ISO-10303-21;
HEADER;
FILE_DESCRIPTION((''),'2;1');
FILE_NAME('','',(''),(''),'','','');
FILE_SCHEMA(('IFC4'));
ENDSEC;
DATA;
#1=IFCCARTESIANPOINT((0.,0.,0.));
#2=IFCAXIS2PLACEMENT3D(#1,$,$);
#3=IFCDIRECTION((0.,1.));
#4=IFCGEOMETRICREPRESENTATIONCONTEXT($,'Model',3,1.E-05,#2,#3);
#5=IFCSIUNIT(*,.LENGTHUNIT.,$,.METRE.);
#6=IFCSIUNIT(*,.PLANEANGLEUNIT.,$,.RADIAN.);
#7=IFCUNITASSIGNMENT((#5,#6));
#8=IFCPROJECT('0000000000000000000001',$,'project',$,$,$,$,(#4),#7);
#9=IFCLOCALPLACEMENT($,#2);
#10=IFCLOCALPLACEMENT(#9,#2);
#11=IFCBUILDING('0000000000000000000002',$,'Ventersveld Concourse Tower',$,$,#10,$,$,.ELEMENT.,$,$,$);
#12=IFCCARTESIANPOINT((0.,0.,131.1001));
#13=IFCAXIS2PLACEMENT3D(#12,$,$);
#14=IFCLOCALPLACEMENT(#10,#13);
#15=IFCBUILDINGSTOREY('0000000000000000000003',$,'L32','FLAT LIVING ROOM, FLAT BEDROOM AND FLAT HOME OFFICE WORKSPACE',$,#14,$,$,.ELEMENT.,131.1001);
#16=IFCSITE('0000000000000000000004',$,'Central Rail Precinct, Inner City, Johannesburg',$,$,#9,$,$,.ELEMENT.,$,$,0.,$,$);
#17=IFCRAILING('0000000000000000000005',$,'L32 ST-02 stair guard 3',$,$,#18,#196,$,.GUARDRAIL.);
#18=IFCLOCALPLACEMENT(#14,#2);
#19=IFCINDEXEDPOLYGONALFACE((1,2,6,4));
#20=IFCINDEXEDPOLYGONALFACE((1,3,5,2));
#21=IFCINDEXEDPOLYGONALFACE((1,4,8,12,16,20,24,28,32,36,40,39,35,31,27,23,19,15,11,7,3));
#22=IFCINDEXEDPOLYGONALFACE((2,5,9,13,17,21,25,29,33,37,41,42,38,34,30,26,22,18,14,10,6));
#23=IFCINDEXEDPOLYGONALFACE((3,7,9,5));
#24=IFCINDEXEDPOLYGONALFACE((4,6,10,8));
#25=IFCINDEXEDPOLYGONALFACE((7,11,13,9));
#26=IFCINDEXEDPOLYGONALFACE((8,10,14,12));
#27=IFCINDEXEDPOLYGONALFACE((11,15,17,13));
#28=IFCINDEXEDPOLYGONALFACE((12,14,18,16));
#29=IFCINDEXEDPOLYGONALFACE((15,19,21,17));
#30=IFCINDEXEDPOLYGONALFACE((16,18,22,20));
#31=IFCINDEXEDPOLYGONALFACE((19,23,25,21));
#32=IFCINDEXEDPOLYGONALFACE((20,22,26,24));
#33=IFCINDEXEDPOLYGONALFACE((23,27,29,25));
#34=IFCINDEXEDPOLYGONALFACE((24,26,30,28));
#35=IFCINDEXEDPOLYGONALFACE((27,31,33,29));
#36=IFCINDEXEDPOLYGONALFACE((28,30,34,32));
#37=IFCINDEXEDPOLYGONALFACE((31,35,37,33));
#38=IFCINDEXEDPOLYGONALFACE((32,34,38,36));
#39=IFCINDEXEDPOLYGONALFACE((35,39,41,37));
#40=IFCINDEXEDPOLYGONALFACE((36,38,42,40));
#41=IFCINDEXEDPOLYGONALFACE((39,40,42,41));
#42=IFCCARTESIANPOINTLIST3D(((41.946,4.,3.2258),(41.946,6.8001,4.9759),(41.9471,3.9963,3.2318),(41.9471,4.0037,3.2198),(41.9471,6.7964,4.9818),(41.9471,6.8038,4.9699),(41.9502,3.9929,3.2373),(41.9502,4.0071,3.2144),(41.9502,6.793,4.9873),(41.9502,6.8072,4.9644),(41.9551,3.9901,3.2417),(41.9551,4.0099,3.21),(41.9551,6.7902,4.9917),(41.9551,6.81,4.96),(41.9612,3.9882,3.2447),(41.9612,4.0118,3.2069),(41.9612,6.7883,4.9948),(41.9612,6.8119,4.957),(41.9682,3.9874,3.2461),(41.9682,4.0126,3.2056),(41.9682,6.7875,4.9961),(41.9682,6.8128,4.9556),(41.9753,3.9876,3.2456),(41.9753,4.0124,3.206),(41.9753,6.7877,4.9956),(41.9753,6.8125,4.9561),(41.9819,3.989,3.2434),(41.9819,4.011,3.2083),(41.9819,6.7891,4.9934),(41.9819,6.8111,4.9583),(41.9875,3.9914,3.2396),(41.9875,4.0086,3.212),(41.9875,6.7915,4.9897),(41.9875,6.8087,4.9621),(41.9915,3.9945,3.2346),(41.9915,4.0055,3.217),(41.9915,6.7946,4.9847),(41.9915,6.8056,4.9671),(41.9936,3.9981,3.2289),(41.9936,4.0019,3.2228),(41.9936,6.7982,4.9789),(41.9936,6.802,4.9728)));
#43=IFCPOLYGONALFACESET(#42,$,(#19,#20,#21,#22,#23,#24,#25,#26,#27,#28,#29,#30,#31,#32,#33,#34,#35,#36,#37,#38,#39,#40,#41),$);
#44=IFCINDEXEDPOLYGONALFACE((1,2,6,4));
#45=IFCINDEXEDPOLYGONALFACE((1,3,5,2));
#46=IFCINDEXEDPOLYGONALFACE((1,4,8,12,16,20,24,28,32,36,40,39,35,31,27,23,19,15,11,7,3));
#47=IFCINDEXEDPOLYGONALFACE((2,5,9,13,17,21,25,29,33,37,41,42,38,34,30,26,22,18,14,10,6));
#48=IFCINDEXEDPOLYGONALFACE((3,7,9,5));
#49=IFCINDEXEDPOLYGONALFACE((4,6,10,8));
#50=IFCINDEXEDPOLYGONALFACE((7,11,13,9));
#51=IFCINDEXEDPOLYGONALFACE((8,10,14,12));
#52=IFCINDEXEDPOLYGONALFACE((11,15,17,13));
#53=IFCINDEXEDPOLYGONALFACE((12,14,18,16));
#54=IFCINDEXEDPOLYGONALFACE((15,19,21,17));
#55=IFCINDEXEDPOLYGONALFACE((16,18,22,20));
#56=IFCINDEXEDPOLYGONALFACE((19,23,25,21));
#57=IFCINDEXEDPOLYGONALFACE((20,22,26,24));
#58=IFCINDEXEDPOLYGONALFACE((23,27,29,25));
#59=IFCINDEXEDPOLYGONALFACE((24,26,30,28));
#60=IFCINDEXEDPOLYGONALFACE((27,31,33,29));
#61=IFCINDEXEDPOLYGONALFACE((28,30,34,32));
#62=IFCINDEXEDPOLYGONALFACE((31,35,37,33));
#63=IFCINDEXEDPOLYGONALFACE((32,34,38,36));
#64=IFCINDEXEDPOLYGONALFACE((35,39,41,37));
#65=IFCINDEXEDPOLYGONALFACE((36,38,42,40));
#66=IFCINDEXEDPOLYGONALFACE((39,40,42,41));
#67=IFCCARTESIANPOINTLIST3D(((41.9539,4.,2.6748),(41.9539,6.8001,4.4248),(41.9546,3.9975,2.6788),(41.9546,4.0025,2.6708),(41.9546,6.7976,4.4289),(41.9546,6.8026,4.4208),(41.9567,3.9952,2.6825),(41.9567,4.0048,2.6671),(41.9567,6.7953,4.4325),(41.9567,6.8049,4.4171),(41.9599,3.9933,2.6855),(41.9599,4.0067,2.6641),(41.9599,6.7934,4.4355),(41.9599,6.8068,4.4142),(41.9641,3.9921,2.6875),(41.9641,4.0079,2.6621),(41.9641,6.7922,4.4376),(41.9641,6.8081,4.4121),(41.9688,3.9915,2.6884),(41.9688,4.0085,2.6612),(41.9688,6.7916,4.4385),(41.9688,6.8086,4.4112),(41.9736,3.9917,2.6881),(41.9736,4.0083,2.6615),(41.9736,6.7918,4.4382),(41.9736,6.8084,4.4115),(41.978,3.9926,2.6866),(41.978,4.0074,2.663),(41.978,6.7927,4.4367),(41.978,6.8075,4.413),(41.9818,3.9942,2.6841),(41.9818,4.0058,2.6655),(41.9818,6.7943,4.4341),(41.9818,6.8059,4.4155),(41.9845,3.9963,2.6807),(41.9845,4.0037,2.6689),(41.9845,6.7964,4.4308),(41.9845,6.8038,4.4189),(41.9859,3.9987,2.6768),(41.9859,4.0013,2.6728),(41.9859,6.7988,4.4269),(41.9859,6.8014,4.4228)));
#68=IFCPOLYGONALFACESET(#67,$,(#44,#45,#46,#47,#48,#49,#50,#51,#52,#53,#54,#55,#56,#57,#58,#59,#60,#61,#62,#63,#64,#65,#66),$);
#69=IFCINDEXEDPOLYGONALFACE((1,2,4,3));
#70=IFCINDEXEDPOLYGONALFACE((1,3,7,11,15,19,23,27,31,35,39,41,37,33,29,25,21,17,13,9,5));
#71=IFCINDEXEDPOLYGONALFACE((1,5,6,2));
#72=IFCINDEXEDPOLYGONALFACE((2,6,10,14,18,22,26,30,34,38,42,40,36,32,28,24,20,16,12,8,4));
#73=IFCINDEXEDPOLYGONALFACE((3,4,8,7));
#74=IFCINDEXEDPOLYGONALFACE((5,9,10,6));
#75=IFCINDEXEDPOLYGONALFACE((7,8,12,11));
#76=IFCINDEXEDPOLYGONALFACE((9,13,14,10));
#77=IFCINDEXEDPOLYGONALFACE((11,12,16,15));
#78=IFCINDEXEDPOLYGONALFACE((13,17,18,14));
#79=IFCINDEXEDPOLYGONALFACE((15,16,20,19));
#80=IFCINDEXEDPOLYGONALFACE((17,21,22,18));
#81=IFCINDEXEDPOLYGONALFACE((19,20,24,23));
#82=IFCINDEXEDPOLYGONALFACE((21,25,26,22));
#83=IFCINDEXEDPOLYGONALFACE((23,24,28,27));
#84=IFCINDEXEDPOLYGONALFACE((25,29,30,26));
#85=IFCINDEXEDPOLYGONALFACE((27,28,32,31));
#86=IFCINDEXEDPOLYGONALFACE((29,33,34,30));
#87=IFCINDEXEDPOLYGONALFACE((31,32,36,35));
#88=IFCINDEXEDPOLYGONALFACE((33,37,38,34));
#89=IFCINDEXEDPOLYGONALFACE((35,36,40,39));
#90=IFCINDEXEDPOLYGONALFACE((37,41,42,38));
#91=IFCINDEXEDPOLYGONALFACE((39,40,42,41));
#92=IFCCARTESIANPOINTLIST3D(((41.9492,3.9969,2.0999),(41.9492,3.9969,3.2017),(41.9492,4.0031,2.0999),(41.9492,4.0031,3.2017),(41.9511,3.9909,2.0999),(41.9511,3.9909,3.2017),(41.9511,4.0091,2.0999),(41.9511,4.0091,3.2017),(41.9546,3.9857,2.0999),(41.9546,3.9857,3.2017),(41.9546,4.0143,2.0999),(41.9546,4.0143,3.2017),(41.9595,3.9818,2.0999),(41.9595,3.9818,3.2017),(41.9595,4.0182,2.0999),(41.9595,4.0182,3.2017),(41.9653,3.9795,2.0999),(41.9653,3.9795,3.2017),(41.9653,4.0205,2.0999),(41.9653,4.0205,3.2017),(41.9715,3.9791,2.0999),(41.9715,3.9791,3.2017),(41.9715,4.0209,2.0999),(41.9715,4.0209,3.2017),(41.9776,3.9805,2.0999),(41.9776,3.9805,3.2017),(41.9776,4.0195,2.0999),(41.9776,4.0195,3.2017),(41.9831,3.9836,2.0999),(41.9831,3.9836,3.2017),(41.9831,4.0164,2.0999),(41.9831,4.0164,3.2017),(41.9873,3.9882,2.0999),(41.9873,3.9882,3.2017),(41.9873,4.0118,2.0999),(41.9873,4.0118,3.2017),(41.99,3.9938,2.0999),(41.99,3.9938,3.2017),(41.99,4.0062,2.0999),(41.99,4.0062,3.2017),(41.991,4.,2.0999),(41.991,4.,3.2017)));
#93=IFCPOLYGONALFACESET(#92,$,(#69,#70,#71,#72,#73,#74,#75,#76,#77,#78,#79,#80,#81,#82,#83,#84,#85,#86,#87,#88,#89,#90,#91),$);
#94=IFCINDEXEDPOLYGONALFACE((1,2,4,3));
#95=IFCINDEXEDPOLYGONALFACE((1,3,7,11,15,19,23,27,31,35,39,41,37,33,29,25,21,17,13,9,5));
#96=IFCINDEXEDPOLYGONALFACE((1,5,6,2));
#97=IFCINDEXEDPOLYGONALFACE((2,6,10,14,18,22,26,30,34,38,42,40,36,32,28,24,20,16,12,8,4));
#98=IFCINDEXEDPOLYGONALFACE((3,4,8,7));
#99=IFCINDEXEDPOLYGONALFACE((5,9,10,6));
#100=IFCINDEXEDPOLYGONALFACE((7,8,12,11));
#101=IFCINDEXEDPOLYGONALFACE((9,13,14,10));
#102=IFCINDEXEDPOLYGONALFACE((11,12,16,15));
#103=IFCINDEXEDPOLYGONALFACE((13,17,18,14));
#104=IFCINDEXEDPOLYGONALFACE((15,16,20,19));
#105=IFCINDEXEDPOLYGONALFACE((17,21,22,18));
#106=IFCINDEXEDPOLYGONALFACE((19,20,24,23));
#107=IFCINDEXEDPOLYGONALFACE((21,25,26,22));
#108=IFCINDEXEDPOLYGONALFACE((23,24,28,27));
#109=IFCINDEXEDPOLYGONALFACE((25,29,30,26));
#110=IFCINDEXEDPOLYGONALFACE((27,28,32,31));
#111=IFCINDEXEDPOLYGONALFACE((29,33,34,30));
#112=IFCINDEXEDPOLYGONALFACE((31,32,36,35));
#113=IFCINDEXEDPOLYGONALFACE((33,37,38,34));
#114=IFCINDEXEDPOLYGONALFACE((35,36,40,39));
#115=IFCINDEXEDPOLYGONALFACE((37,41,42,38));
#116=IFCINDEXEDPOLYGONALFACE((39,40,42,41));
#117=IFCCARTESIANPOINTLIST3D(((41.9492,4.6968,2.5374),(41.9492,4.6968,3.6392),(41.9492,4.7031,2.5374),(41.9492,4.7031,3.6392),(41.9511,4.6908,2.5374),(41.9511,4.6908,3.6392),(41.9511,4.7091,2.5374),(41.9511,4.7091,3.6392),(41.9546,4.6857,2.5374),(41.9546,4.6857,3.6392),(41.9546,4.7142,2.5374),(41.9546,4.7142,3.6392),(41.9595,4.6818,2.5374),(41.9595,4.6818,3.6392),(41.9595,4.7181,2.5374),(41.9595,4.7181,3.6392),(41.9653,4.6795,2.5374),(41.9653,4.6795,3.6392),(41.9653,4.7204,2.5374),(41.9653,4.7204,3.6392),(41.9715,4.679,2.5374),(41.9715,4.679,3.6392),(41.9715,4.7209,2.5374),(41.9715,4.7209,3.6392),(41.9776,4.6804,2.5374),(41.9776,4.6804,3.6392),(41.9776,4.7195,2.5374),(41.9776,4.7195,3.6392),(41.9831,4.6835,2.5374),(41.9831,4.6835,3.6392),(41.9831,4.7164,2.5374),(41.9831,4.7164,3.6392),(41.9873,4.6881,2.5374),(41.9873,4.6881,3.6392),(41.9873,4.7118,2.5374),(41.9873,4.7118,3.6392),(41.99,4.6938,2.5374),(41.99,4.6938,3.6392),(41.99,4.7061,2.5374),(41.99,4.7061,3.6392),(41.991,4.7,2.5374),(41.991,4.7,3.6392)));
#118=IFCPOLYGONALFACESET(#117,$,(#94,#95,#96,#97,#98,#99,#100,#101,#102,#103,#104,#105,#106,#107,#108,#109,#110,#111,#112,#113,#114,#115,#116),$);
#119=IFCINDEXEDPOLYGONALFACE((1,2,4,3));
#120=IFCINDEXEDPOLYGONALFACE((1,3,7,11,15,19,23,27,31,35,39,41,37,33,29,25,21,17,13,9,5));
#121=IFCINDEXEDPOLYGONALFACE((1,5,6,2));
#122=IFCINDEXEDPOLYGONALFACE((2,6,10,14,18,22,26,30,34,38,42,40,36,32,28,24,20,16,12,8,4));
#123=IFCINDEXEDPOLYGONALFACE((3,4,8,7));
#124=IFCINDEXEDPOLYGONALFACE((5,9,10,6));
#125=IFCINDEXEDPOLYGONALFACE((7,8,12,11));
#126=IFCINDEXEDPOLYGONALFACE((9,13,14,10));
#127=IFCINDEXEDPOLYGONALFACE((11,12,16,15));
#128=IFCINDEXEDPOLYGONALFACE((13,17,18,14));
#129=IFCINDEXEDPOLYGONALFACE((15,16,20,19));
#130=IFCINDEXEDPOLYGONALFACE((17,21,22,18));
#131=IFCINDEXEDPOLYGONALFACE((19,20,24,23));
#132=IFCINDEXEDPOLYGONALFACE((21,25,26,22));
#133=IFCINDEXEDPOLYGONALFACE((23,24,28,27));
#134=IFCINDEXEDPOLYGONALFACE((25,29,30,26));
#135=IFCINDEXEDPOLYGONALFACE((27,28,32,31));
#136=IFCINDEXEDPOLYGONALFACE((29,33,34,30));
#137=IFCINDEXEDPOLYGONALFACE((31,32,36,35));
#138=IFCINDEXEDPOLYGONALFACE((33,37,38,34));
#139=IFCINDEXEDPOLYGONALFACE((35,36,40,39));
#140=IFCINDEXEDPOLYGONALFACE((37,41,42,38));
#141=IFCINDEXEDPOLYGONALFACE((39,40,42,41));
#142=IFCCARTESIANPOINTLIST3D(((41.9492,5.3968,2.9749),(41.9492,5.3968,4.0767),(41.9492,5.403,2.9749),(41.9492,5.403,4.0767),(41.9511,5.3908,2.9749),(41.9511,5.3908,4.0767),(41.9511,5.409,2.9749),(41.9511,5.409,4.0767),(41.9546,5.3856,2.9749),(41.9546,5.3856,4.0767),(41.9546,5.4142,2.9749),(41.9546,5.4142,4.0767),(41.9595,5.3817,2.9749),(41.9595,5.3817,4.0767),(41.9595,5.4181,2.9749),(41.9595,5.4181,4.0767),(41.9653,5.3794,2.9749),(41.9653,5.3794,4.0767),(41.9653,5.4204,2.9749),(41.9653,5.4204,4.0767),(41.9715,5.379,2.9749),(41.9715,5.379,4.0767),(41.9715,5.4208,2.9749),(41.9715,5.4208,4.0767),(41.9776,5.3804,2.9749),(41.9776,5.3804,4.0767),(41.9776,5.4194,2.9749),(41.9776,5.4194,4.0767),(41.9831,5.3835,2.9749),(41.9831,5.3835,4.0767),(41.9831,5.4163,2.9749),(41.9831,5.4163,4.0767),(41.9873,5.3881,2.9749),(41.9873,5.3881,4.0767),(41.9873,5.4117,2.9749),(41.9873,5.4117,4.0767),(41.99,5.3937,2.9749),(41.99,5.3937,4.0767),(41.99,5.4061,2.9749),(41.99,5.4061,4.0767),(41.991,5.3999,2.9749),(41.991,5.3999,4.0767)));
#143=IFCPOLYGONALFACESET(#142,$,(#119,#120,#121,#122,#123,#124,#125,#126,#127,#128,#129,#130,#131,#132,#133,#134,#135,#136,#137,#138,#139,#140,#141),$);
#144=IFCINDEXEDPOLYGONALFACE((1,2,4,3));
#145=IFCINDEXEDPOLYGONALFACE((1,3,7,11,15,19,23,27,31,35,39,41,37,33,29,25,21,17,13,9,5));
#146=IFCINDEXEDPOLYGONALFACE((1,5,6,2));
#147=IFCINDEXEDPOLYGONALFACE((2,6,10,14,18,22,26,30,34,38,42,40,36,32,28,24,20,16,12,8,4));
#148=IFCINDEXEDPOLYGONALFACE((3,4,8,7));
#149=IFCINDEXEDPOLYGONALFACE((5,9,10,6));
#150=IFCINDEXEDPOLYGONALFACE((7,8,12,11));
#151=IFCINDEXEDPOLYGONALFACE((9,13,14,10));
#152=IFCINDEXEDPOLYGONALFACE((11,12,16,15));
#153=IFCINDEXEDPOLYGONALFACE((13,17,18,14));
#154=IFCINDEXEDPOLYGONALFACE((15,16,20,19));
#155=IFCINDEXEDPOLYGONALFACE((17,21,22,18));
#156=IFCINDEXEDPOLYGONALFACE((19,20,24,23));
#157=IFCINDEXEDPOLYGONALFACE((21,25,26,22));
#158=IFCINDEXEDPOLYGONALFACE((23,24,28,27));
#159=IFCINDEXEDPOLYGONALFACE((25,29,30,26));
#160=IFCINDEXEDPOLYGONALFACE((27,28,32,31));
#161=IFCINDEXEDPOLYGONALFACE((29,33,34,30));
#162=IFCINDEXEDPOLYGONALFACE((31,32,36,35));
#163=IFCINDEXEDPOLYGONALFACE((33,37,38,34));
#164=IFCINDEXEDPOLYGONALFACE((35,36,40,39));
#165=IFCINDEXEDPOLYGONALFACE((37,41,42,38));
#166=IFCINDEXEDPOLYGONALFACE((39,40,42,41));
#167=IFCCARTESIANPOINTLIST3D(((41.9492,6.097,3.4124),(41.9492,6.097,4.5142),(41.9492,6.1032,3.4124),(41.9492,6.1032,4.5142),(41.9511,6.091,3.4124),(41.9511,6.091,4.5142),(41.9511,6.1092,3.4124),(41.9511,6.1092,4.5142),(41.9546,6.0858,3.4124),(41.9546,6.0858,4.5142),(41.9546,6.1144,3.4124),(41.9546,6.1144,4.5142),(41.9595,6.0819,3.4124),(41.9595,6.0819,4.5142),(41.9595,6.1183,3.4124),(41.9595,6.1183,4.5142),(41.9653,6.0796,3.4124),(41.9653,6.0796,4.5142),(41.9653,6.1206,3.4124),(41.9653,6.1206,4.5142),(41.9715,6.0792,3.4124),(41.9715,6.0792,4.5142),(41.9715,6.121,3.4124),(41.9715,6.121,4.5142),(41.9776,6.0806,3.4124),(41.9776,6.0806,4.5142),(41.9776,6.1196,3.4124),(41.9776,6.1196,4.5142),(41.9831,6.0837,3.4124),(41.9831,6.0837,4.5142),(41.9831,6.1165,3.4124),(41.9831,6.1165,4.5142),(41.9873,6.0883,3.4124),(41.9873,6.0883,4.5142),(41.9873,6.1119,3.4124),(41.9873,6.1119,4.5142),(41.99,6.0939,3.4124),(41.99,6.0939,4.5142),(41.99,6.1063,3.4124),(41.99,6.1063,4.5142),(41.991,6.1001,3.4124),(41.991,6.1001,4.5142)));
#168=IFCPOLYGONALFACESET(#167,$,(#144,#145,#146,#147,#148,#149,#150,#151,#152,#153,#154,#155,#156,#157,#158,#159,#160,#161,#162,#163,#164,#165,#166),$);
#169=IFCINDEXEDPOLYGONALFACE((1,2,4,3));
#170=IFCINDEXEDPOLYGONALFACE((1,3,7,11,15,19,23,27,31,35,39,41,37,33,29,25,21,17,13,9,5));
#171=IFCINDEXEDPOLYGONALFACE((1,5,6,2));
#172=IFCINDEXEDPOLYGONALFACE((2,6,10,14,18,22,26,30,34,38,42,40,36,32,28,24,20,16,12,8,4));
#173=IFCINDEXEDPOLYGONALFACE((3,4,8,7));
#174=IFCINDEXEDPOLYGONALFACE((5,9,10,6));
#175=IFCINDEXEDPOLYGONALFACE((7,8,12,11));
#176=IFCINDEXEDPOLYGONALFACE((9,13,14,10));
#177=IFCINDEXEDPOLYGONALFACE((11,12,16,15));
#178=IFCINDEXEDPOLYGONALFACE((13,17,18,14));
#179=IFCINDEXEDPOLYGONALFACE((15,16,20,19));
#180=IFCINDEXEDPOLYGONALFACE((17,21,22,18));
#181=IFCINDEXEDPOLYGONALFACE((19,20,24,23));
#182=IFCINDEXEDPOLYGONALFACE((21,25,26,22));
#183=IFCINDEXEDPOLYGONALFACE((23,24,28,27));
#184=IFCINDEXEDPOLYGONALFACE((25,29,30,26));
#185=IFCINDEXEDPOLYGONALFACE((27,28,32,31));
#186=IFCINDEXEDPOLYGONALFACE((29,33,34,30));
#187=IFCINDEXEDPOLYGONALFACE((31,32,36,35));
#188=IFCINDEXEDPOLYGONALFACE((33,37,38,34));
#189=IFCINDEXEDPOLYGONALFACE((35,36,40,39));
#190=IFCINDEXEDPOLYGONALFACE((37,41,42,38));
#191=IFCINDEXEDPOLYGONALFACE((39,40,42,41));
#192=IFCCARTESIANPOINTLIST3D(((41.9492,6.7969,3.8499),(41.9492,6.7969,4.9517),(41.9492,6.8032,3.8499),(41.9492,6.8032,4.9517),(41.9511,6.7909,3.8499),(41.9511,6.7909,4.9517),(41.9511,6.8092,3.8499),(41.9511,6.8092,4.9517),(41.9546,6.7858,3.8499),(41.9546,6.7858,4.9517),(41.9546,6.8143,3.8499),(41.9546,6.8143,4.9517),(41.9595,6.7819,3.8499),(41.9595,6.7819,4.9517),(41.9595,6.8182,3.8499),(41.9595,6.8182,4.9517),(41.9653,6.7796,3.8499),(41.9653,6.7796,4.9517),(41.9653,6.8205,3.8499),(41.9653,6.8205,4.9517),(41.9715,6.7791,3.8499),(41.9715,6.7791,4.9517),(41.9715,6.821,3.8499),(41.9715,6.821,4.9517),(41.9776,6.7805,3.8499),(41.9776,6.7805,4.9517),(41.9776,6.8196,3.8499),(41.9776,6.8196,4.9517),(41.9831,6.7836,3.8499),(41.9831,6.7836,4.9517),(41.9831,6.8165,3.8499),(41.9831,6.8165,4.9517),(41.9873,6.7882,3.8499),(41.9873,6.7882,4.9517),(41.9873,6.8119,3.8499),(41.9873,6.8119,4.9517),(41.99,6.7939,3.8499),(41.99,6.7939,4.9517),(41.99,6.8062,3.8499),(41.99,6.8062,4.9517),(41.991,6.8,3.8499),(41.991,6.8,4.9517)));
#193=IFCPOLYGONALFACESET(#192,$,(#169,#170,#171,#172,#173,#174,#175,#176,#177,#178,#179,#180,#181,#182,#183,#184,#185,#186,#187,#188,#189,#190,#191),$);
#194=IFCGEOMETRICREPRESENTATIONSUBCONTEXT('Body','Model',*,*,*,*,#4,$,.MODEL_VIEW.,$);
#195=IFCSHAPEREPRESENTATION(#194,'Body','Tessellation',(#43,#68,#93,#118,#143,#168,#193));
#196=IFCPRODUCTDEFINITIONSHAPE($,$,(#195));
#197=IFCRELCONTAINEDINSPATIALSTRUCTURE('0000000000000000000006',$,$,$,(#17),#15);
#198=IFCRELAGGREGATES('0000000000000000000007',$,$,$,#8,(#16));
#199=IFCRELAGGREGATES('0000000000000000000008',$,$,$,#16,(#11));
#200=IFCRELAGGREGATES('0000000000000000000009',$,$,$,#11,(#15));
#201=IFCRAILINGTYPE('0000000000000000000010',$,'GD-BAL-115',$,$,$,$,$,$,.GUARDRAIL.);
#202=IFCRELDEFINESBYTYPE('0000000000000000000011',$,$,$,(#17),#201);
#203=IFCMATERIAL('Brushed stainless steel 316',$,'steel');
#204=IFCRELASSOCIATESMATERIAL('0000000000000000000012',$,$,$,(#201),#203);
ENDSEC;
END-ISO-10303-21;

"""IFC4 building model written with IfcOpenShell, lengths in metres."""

from ifc_helpers import new_model, si_unit, direction, frame, origin, origin_2d, place, context, subcontext, project, spatial, circle, extrude, material, type_object, element, save


model = new_model("IFC4")

# Units and contexts
model_context = context("Model", 3, precision=1e-05, world=origin(), true_north=direction((0.0, 1.0)))
body_context = subcontext(model_context, "Body", "Model", "MODEL_VIEW")
ifc_project = project(units=[si_unit("LENGTHUNIT", "METRE"), si_unit("PLANEANGLEUNIT", "RADIAN")], contexts=[model_context])

# Site, building, storey
site_placement = place(None, origin())
site = spatial("IfcSite", under=ifc_project, at=site_placement, Name="Central Rail Precinct, Inner City, Johannesburg", CompositionType="ELEMENT", RefElevation=0.0)
building_placement = place(site_placement, origin())
building = spatial("IfcBuilding", under=site, at=building_placement, Name="Ventersveld Concourse Tower", CompositionType="ELEMENT")
storey_placement = place(building_placement, frame((0.0, 0.0, 131.1001)))
storey = spatial("IfcBuildingStorey", under=building, at=storey_placement, Name="L32", Description="FLAT LIVING ROOM, FLAT BEDROOM AND FLAT HOME OFFICE WORKSPACE", CompositionType="ELEMENT", Elevation=131.1001)

# Shared definitions
ifc_material_1 = material(Name="Brushed stainless steel 316", Category="steel")

# Railing
railing_type_1 = type_object("IfcRailingType", Name="GD-BAL-115", PredefinedType="GUARDRAIL", material=ifc_material_1)
railing_1_placement = place(storey_placement, frame((41.97, 4.0, 2.0999)))
element("IfcRailing", 1, at=railing_1_placement, inside=storey, type_object=railing_type_1, Name="L32 ST-02 stair guard 3", PredefinedType="GUARDRAIL", context=body_context, shape_type="SweptSolid", body=[
    extrude(circle(Radius=0.0239, at=origin_2d()), frame((0.0, 0.0, 1.126), z_axis=(0.0, 0.848002, 0.529992), x_axis=(-1.0, 0.0, 0.0)), (0.0, 0.0, 1.0), 3.302),
    extrude(circle(Radius=0.0161, at=origin_2d()), frame((0.0, 0.0, 0.575), z_axis=(0.0, 0.848002, 0.529992), x_axis=(-1.0, 0.0, 0.0)), (0.0, 0.0, 1.0), 3.302),
    extrude(circle(Radius=0.021, at=origin_2d()), origin(), (0.0, 0.0, 1.0), 1.1018),
    extrude(circle(Radius=0.021, at=origin_2d()), frame((0.0, 0.7, 0.4375)), (0.0, 0.0, 1.0), 1.1018),
    extrude(circle(Radius=0.021, at=origin_2d()), frame((0.0, 1.3999, 0.875)), (0.0, 0.0, 1.0), 1.1018),
    extrude(circle(Radius=0.021, at=origin_2d()), frame((0.0, 2.1001, 1.3125)), (0.0, 0.0, 1.0), 1.1018),
    extrude(circle(Radius=0.021, at=origin_2d()), frame((0.0, 2.8, 1.75)), (0.0, 0.0, 1.0), 1.1018),
])

save(model, "model.ifc")
